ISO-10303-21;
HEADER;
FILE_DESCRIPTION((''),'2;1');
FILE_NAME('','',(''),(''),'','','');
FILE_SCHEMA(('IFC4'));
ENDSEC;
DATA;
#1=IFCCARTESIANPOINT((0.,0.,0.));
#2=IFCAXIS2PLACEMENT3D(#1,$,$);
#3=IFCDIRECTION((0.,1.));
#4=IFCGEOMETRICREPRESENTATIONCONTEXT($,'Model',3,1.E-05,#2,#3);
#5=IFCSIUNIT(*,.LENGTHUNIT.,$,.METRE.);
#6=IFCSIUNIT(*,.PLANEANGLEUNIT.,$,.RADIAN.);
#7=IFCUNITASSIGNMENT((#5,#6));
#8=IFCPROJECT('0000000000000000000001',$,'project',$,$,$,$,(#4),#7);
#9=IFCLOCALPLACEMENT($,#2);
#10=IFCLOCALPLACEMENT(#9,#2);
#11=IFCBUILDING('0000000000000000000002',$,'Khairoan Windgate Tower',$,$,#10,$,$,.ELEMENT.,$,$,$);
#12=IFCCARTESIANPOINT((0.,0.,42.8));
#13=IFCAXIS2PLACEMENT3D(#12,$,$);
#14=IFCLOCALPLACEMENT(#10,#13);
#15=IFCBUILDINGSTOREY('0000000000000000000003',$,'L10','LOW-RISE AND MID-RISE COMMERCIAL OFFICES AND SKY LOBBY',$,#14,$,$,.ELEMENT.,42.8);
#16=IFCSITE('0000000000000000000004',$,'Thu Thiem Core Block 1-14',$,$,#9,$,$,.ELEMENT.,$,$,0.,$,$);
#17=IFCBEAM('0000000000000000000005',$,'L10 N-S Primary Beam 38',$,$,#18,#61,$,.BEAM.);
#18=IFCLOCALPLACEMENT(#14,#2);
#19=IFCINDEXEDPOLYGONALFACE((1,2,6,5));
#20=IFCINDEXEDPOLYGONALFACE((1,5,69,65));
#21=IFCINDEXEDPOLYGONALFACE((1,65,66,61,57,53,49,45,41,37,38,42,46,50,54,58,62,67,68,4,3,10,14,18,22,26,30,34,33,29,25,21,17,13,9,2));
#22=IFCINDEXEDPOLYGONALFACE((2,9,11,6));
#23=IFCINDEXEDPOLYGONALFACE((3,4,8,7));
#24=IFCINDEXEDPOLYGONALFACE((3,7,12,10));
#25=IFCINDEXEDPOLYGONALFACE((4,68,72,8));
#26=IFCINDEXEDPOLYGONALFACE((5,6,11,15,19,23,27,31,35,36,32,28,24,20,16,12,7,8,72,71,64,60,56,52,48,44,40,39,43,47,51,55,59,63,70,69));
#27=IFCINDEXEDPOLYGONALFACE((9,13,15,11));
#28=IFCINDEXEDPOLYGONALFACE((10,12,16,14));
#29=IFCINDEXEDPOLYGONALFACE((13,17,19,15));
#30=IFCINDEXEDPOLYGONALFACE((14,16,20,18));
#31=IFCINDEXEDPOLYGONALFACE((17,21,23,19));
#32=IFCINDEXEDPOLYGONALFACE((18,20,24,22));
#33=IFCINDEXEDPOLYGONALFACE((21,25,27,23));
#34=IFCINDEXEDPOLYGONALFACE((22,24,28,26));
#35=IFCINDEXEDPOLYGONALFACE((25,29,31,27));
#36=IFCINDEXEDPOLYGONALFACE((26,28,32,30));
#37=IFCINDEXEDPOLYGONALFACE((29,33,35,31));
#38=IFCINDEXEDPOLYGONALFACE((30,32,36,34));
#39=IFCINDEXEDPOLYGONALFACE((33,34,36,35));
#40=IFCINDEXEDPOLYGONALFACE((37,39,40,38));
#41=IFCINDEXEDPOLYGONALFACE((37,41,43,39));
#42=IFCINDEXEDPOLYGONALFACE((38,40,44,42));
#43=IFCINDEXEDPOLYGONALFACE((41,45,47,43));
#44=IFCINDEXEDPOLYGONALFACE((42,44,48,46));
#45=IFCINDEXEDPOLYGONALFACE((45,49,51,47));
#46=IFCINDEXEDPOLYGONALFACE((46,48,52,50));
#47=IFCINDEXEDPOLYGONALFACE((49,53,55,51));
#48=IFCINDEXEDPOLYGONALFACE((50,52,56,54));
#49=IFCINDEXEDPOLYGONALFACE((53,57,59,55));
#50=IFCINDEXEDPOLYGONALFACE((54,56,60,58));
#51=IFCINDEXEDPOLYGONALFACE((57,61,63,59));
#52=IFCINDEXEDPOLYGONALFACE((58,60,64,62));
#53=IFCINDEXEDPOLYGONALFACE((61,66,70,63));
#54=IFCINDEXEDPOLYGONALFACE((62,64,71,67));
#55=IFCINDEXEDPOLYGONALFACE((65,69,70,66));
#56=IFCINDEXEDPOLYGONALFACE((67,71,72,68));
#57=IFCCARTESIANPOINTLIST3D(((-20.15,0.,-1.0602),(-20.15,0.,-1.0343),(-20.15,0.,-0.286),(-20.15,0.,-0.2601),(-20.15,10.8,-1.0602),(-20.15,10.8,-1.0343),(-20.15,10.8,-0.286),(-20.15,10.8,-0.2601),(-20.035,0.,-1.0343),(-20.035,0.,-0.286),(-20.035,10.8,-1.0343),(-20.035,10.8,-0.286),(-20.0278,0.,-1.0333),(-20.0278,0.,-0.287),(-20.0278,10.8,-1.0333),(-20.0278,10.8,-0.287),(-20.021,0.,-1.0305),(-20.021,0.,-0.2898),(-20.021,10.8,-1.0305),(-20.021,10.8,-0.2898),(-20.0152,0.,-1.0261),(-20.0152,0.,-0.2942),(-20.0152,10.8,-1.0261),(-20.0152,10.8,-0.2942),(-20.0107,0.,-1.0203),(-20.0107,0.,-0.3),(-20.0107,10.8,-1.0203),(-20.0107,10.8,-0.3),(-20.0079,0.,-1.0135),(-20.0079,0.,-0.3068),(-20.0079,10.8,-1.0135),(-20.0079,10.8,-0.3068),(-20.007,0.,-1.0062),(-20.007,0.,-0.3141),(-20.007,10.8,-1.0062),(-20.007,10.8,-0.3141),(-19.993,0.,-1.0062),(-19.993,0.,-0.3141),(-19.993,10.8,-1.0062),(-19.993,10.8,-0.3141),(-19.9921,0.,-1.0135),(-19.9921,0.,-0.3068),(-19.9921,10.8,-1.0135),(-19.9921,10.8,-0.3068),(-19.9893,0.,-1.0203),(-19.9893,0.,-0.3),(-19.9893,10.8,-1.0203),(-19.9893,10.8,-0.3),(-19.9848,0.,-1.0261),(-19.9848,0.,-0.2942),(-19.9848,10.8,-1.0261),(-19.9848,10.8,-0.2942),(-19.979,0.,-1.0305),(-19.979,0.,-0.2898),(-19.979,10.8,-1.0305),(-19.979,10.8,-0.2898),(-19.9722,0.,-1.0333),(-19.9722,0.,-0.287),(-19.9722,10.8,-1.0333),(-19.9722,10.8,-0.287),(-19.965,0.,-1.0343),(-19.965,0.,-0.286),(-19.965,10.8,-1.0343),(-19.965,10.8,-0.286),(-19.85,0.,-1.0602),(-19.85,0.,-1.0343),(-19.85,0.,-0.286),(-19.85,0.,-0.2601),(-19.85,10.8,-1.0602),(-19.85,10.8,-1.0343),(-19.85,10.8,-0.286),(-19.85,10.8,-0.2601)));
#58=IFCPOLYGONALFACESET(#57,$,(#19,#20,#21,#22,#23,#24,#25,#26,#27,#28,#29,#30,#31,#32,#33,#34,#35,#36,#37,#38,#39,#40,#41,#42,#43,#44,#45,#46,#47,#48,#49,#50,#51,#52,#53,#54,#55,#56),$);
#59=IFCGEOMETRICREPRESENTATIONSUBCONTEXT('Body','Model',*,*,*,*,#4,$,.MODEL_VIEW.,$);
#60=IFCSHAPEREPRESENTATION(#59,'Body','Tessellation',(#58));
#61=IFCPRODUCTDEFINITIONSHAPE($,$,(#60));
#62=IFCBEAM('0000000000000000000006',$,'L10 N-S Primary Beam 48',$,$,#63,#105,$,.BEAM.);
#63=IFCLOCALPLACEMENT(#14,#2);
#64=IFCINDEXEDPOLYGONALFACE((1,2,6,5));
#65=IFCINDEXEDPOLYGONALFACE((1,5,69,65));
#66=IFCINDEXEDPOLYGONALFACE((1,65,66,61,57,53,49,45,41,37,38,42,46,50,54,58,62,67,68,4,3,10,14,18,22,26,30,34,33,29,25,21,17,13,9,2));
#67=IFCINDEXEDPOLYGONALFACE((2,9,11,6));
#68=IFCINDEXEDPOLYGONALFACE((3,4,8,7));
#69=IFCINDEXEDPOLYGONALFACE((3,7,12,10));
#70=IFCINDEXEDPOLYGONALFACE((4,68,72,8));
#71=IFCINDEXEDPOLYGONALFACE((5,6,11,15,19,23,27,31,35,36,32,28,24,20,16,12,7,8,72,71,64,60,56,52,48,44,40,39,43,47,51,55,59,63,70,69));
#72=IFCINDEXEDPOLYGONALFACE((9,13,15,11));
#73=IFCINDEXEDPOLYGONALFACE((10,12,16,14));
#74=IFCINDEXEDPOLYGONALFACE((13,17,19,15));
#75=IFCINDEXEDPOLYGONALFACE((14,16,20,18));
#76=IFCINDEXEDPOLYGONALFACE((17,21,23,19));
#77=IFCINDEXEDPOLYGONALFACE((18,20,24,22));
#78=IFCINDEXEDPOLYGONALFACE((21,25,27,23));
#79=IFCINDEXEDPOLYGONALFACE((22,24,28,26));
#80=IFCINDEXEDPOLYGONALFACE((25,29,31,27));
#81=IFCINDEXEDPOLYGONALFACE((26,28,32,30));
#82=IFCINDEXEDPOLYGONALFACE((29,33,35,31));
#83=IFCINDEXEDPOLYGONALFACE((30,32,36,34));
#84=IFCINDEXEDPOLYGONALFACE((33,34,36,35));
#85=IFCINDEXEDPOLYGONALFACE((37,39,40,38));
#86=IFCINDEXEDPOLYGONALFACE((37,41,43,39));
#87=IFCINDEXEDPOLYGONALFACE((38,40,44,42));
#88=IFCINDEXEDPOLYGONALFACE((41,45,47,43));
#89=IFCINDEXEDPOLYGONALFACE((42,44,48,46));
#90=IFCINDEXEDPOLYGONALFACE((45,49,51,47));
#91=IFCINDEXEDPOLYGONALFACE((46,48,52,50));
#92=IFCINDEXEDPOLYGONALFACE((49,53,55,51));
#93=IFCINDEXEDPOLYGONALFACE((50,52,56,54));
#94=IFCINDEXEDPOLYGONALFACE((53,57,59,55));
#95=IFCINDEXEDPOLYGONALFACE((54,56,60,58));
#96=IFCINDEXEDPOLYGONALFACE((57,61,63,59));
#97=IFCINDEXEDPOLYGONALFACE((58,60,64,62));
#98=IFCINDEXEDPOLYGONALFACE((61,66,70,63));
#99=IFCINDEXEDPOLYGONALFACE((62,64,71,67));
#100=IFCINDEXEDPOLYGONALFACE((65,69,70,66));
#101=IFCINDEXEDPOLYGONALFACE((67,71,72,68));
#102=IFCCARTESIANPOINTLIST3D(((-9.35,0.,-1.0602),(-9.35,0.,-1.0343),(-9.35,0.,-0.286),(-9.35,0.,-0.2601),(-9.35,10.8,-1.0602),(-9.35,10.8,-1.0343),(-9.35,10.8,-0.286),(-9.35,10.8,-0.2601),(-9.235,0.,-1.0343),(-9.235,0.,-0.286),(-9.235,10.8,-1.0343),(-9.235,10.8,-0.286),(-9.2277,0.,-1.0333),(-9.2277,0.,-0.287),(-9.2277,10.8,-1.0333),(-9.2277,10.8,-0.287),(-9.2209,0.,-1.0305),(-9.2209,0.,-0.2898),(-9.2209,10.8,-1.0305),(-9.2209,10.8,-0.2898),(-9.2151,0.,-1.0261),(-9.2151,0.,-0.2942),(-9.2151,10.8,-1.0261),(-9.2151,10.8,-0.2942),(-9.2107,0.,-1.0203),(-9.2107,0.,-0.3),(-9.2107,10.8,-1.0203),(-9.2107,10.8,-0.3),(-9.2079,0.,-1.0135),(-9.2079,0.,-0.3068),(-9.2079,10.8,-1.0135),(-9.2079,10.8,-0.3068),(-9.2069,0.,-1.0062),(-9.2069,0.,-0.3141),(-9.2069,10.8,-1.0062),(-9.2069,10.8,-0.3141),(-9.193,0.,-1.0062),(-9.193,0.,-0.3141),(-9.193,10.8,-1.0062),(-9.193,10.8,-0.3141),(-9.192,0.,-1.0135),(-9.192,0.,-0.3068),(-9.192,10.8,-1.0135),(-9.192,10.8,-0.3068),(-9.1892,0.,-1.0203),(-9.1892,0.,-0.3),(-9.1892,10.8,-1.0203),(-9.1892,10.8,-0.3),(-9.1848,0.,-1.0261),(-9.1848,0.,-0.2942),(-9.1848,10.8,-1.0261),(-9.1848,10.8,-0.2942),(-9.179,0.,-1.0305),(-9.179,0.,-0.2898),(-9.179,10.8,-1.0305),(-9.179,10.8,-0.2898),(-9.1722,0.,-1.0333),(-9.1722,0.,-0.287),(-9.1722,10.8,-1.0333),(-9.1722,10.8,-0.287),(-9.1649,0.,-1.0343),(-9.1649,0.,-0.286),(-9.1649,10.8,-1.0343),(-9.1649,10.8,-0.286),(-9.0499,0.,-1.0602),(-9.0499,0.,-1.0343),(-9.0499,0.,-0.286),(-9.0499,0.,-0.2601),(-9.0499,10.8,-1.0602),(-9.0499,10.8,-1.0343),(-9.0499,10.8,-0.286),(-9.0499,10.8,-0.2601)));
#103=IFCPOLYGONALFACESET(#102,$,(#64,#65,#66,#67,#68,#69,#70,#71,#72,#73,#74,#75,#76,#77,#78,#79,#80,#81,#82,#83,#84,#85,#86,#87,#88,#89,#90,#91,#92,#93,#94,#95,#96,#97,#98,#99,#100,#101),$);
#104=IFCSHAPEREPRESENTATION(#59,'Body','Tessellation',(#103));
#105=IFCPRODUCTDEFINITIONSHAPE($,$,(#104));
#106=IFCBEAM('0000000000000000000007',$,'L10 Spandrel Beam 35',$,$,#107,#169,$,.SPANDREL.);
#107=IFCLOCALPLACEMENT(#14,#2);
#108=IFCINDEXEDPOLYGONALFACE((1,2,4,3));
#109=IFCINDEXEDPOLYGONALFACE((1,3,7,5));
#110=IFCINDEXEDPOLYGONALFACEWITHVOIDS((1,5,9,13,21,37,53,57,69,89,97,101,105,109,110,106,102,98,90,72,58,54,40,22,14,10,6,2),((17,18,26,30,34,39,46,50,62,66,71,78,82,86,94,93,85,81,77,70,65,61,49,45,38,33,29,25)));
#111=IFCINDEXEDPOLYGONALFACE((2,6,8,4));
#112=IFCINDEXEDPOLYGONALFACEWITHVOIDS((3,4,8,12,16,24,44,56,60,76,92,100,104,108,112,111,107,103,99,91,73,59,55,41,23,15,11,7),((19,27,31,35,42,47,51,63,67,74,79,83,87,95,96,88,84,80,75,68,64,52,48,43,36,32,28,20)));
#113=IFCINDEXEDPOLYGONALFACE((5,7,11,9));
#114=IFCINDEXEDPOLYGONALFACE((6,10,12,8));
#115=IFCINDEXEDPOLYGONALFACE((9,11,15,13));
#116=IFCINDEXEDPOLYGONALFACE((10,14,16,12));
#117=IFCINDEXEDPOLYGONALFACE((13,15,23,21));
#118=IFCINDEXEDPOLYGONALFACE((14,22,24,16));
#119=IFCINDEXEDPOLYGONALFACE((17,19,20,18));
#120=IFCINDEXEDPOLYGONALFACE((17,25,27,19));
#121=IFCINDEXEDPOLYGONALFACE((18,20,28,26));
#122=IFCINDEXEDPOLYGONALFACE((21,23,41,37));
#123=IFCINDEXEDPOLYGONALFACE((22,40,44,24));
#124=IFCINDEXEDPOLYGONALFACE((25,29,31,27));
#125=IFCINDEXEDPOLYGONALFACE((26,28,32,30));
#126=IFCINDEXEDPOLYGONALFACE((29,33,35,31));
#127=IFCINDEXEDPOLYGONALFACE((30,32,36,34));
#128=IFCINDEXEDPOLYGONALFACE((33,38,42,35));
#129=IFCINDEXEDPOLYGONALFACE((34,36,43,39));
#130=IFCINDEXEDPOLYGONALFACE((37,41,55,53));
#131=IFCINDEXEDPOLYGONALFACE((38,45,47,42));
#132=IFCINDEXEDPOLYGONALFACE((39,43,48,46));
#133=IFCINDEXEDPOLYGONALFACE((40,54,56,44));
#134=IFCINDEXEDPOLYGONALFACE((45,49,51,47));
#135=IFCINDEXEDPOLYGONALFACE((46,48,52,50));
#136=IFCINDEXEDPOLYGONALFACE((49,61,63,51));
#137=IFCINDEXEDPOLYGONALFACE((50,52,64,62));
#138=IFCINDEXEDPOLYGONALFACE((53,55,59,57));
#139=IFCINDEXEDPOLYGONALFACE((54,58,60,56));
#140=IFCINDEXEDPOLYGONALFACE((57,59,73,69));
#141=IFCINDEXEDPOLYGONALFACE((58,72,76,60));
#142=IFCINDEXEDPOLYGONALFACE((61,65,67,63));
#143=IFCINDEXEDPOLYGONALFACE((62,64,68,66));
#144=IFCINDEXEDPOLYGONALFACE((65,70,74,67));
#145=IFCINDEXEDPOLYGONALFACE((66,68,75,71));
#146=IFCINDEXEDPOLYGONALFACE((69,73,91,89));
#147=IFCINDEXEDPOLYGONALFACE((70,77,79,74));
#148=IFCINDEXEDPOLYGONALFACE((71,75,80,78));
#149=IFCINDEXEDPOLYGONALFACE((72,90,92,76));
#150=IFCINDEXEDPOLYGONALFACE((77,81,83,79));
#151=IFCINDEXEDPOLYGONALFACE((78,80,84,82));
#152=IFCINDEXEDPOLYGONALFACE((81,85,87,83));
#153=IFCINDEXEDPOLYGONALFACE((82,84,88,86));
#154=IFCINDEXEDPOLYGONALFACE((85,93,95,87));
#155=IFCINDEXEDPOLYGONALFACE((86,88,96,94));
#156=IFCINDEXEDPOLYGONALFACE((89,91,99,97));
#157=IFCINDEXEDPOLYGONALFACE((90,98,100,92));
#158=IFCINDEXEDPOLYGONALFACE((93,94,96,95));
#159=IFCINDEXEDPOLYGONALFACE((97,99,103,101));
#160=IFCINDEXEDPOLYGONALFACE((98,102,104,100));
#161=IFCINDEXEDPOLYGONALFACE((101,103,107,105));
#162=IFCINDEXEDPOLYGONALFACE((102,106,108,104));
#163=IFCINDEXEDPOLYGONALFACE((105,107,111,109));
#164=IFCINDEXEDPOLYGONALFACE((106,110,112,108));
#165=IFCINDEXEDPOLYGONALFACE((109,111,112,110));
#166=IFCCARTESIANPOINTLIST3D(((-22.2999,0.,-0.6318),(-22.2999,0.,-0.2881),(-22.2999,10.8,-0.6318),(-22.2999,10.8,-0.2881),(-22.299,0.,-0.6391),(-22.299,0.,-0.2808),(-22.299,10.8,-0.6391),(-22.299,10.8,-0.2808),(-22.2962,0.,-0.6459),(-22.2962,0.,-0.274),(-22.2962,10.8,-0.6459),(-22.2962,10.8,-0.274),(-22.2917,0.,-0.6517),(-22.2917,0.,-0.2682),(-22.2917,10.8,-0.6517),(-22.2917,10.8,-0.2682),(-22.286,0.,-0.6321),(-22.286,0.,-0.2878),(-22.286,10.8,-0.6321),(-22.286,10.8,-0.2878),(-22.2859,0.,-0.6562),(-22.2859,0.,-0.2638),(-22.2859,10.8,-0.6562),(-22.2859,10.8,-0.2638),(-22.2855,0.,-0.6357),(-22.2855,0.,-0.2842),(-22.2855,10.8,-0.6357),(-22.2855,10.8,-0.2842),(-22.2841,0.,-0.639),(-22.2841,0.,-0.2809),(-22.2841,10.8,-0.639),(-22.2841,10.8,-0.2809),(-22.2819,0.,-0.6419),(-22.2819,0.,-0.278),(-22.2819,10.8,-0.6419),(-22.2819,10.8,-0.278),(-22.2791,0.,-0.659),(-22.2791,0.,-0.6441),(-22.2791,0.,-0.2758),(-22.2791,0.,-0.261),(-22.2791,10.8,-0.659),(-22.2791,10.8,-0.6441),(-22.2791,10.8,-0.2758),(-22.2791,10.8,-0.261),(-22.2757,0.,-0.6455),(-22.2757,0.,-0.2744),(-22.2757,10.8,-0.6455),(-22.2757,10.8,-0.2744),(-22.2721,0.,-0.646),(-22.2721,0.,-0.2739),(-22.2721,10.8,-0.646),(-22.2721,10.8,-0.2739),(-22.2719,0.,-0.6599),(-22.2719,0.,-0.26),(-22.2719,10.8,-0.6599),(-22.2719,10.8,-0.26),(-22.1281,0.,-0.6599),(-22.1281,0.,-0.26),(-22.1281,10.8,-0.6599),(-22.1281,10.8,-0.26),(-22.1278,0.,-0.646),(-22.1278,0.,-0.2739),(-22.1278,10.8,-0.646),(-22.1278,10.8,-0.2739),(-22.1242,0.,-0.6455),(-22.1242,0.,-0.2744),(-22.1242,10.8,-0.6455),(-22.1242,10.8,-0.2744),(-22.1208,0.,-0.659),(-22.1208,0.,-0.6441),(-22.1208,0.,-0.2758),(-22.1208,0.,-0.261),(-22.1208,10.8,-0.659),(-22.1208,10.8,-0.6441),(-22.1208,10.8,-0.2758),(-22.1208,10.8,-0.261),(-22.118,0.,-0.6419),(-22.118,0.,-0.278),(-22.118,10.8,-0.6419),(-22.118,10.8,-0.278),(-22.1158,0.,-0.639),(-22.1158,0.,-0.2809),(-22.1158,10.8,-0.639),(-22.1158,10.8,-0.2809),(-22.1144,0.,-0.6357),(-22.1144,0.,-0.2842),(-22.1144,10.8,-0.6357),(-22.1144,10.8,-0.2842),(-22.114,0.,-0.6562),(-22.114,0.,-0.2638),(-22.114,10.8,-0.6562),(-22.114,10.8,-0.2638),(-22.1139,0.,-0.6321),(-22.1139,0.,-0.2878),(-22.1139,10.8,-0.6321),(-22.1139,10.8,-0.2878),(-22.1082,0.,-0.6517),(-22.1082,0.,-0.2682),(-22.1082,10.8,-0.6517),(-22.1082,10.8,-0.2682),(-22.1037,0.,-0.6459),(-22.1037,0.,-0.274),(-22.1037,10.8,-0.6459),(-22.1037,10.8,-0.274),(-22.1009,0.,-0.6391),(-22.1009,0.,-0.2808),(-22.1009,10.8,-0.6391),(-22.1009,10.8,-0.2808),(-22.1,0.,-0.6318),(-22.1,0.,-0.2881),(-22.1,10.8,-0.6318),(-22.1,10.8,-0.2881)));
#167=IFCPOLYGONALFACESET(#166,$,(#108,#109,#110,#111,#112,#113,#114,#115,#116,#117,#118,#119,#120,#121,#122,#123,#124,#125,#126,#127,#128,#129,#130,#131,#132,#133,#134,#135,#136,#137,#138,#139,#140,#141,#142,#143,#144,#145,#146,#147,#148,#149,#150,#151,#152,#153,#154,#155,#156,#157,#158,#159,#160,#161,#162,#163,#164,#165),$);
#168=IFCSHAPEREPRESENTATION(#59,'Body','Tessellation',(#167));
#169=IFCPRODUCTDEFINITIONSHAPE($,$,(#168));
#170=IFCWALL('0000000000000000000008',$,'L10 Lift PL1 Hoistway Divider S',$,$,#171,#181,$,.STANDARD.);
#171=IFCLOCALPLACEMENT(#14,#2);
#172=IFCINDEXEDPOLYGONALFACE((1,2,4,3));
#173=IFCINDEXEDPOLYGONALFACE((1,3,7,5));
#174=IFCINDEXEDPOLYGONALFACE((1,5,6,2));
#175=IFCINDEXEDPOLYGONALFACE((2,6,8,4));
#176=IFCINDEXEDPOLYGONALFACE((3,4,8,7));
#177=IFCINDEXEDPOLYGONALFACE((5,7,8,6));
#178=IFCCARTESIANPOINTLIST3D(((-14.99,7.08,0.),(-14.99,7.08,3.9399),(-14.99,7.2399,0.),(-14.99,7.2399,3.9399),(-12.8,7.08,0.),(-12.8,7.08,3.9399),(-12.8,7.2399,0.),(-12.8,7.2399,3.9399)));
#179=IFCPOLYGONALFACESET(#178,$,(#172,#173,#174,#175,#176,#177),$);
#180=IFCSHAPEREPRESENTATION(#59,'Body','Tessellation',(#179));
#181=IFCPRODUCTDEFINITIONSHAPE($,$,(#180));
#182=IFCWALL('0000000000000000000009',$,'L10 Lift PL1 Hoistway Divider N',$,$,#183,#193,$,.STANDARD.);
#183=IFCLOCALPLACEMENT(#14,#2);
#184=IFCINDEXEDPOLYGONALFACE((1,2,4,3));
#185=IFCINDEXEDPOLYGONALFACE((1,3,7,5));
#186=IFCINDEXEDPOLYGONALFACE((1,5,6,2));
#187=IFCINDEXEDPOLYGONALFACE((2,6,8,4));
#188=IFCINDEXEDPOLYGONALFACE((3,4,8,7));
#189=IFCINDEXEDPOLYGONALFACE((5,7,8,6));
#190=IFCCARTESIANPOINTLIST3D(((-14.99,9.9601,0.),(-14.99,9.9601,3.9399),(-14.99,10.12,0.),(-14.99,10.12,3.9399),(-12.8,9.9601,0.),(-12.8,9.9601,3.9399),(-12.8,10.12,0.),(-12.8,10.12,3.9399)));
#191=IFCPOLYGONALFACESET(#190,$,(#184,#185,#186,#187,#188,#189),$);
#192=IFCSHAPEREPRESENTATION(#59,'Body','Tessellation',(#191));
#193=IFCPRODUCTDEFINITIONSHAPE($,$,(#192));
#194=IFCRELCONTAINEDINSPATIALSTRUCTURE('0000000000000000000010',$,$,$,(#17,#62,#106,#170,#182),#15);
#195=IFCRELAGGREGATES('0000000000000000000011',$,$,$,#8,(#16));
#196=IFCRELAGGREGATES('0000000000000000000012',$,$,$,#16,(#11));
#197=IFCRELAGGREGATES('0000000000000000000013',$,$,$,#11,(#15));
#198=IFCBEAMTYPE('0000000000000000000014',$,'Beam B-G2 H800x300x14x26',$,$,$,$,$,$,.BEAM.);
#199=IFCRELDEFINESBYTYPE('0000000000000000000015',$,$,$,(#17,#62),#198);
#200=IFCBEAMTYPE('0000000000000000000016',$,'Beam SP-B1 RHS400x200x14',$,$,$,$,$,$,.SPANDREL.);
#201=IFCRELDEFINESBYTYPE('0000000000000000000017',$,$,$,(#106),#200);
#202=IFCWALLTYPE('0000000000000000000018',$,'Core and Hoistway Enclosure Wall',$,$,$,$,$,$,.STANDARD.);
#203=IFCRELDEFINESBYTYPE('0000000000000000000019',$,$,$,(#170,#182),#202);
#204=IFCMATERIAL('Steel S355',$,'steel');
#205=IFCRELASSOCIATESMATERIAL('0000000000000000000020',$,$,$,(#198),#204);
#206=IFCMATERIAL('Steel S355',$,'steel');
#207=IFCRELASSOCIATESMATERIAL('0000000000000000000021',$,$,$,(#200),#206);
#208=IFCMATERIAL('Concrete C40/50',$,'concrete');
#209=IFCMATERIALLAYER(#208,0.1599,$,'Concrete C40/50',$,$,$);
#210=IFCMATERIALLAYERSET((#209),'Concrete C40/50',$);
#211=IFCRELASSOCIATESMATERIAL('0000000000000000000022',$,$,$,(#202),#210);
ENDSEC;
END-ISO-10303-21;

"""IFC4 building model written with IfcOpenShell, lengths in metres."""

from ifc_helpers import new_model, si_unit, direction, frame, frame_2d, origin, origin_2d, place, context, subcontext, project, spatial, rectangle, hollow_rectangle, i_section, extrude, material, layer, layer_set, material_profile, profile_set, type_object, element, save


model = new_model("IFC4")

# Units and contexts
model_context = context("Model", 3, precision=1e-05, world=origin(), true_north=direction((0.0, 1.0)))
body_context = subcontext(model_context, "Body", "Model", "MODEL_VIEW")
ifc_project = project(units=[si_unit("LENGTHUNIT", "METRE"), si_unit("PLANEANGLEUNIT", "RADIAN")], contexts=[model_context])

# Site, building, storey
site_placement = place(None, origin())
site = spatial("IfcSite", under=ifc_project, at=site_placement, Name="Thu Thiem Core Block 1-14", CompositionType="ELEMENT", RefElevation=0.0)
building_placement = place(site_placement, origin())
building = spatial("IfcBuilding", under=site, at=building_placement, Name="Khairoan Windgate Tower", CompositionType="ELEMENT")
storey_placement = place(building_placement, frame((0.0, 0.0, 42.8)))
storey = spatial("IfcBuildingStorey", under=building, at=storey_placement, Name="L10", Description="LOW-RISE AND MID-RISE COMMERCIAL OFFICES AND SKY LOBBY", CompositionType="ELEMENT", Elevation=42.8)

# Beams
ifc_material_1 = material(Name="Steel S355", Category="steel")
ifc_material_profile_1 = material_profile(ifc_material_1, i_section(OverallWidth=0.3, OverallDepth=0.8, WebThickness=0.0139, FlangeThickness=0.0259, FilletRadius=0.0281, at=origin_2d()))
ifc_profile_set_1 = profile_set([ifc_material_profile_1], Name="Steel S355")
beam_type_1 = type_object("IfcBeamType", Name="Beam B-G2 H800x300x14x26", PredefinedType="BEAM", material=ifc_profile_set_1)
for number, where, z_axis, x_axis, name in (
    (1, (-20.0, 0.0, -0.6602), (0.0, 1.0, 0.0), (-1.0, 0.0, 0.0), "L10 N-S Primary Beam 38"),
    (2, (-9.2, 0.0, -0.6602), (0.0, 1.0, 0.0), (-1.0, 0.0, 0.0), "L10 N-S Primary Beam 48"),
):
    element("IfcBeam", number, at=place(storey_placement, frame(where, z_axis=z_axis, x_axis=x_axis)), inside=storey, type_object=beam_type_1, Name=name, PredefinedType="BEAM", context=body_context, shape_type="SweptSolid", body=[
        extrude(i_section(OverallWidth=0.3, OverallDepth=0.8, WebThickness=0.0139, FlangeThickness=0.0259, FilletRadius=0.0281, at=origin_2d()), origin(), (0.0, 0.0, 1.0), 10.8),
    ])
ifc_material_2 = material(Name="Steel S355", Category="steel")
ifc_material_profile_2 = material_profile(ifc_material_2, hollow_rectangle(XDim=0.2, YDim=0.3999, WallThickness=0.0139, InnerFilletRadius=0.0139, OuterFilletRadius=0.0281, at=origin_2d()))
ifc_profile_set_2 = profile_set([ifc_material_profile_2], Name="Steel S355")
beam_type_2 = type_object("IfcBeamType", Name="Beam SP-B1 RHS400x200x14", PredefinedType="SPANDREL", material=ifc_profile_set_2)
beam_1_placement = place(storey_placement, frame((-22.2, 0.0, -0.46), z_axis=(0.0, 1.0, 0.0), x_axis=(-1.0, 0.0, 0.0)))
element("IfcBeam", 3, at=beam_1_placement, inside=storey, type_object=beam_type_2, Name="L10 Spandrel Beam 35", PredefinedType="SPANDREL", context=body_context, shape_type="SweptSolid", body=[
    extrude(hollow_rectangle(XDim=0.2, YDim=0.3999, WallThickness=0.0139, InnerFilletRadius=0.0139, OuterFilletRadius=0.0281, at=origin_2d()), origin(), (0.0, 0.0, 1.0), 10.8),
])

# Walls
ifc_material_3 = material(Name="Concrete C40/50", Category="concrete")
ifc_layer_1 = layer(ifc_material_3, 0.1599, Name="Concrete C40/50")
ifc_layer_set_1 = layer_set([ifc_layer_1], Name="Concrete C40/50")
wall_type_1 = type_object("IfcWallType", Name="Core and Hoistway Enclosure Wall", PredefinedType="STANDARD", material=ifc_layer_set_1)
for number, where, z_axis, x_axis, name in (
    (4, (-14.99, 7.1599, 0.0), (0.0, 0.0, 1.0), (1.0, 0.0, 0.0), "L10 Lift PL1 Hoistway Divider S"),
    (5, (-14.99, 10.04, 0.0), (0.0, 0.0, 1.0), (1.0, 0.0, 0.0), "L10 Lift PL1 Hoistway Divider N"),
):
    element("IfcWall", number, at=place(storey_placement, frame(where, z_axis=z_axis, x_axis=x_axis)), inside=storey, type_object=wall_type_1, Name=name, PredefinedType="STANDARD", context=body_context, shape_type="SweptSolid", body=[
        extrude(rectangle(XDim=2.1899, YDim=0.1599, at=frame_2d((1.095, 0.0))), origin(), (0.0, 0.0, 1.0), 3.9399),
    ])

save(model, "model.ifc")
